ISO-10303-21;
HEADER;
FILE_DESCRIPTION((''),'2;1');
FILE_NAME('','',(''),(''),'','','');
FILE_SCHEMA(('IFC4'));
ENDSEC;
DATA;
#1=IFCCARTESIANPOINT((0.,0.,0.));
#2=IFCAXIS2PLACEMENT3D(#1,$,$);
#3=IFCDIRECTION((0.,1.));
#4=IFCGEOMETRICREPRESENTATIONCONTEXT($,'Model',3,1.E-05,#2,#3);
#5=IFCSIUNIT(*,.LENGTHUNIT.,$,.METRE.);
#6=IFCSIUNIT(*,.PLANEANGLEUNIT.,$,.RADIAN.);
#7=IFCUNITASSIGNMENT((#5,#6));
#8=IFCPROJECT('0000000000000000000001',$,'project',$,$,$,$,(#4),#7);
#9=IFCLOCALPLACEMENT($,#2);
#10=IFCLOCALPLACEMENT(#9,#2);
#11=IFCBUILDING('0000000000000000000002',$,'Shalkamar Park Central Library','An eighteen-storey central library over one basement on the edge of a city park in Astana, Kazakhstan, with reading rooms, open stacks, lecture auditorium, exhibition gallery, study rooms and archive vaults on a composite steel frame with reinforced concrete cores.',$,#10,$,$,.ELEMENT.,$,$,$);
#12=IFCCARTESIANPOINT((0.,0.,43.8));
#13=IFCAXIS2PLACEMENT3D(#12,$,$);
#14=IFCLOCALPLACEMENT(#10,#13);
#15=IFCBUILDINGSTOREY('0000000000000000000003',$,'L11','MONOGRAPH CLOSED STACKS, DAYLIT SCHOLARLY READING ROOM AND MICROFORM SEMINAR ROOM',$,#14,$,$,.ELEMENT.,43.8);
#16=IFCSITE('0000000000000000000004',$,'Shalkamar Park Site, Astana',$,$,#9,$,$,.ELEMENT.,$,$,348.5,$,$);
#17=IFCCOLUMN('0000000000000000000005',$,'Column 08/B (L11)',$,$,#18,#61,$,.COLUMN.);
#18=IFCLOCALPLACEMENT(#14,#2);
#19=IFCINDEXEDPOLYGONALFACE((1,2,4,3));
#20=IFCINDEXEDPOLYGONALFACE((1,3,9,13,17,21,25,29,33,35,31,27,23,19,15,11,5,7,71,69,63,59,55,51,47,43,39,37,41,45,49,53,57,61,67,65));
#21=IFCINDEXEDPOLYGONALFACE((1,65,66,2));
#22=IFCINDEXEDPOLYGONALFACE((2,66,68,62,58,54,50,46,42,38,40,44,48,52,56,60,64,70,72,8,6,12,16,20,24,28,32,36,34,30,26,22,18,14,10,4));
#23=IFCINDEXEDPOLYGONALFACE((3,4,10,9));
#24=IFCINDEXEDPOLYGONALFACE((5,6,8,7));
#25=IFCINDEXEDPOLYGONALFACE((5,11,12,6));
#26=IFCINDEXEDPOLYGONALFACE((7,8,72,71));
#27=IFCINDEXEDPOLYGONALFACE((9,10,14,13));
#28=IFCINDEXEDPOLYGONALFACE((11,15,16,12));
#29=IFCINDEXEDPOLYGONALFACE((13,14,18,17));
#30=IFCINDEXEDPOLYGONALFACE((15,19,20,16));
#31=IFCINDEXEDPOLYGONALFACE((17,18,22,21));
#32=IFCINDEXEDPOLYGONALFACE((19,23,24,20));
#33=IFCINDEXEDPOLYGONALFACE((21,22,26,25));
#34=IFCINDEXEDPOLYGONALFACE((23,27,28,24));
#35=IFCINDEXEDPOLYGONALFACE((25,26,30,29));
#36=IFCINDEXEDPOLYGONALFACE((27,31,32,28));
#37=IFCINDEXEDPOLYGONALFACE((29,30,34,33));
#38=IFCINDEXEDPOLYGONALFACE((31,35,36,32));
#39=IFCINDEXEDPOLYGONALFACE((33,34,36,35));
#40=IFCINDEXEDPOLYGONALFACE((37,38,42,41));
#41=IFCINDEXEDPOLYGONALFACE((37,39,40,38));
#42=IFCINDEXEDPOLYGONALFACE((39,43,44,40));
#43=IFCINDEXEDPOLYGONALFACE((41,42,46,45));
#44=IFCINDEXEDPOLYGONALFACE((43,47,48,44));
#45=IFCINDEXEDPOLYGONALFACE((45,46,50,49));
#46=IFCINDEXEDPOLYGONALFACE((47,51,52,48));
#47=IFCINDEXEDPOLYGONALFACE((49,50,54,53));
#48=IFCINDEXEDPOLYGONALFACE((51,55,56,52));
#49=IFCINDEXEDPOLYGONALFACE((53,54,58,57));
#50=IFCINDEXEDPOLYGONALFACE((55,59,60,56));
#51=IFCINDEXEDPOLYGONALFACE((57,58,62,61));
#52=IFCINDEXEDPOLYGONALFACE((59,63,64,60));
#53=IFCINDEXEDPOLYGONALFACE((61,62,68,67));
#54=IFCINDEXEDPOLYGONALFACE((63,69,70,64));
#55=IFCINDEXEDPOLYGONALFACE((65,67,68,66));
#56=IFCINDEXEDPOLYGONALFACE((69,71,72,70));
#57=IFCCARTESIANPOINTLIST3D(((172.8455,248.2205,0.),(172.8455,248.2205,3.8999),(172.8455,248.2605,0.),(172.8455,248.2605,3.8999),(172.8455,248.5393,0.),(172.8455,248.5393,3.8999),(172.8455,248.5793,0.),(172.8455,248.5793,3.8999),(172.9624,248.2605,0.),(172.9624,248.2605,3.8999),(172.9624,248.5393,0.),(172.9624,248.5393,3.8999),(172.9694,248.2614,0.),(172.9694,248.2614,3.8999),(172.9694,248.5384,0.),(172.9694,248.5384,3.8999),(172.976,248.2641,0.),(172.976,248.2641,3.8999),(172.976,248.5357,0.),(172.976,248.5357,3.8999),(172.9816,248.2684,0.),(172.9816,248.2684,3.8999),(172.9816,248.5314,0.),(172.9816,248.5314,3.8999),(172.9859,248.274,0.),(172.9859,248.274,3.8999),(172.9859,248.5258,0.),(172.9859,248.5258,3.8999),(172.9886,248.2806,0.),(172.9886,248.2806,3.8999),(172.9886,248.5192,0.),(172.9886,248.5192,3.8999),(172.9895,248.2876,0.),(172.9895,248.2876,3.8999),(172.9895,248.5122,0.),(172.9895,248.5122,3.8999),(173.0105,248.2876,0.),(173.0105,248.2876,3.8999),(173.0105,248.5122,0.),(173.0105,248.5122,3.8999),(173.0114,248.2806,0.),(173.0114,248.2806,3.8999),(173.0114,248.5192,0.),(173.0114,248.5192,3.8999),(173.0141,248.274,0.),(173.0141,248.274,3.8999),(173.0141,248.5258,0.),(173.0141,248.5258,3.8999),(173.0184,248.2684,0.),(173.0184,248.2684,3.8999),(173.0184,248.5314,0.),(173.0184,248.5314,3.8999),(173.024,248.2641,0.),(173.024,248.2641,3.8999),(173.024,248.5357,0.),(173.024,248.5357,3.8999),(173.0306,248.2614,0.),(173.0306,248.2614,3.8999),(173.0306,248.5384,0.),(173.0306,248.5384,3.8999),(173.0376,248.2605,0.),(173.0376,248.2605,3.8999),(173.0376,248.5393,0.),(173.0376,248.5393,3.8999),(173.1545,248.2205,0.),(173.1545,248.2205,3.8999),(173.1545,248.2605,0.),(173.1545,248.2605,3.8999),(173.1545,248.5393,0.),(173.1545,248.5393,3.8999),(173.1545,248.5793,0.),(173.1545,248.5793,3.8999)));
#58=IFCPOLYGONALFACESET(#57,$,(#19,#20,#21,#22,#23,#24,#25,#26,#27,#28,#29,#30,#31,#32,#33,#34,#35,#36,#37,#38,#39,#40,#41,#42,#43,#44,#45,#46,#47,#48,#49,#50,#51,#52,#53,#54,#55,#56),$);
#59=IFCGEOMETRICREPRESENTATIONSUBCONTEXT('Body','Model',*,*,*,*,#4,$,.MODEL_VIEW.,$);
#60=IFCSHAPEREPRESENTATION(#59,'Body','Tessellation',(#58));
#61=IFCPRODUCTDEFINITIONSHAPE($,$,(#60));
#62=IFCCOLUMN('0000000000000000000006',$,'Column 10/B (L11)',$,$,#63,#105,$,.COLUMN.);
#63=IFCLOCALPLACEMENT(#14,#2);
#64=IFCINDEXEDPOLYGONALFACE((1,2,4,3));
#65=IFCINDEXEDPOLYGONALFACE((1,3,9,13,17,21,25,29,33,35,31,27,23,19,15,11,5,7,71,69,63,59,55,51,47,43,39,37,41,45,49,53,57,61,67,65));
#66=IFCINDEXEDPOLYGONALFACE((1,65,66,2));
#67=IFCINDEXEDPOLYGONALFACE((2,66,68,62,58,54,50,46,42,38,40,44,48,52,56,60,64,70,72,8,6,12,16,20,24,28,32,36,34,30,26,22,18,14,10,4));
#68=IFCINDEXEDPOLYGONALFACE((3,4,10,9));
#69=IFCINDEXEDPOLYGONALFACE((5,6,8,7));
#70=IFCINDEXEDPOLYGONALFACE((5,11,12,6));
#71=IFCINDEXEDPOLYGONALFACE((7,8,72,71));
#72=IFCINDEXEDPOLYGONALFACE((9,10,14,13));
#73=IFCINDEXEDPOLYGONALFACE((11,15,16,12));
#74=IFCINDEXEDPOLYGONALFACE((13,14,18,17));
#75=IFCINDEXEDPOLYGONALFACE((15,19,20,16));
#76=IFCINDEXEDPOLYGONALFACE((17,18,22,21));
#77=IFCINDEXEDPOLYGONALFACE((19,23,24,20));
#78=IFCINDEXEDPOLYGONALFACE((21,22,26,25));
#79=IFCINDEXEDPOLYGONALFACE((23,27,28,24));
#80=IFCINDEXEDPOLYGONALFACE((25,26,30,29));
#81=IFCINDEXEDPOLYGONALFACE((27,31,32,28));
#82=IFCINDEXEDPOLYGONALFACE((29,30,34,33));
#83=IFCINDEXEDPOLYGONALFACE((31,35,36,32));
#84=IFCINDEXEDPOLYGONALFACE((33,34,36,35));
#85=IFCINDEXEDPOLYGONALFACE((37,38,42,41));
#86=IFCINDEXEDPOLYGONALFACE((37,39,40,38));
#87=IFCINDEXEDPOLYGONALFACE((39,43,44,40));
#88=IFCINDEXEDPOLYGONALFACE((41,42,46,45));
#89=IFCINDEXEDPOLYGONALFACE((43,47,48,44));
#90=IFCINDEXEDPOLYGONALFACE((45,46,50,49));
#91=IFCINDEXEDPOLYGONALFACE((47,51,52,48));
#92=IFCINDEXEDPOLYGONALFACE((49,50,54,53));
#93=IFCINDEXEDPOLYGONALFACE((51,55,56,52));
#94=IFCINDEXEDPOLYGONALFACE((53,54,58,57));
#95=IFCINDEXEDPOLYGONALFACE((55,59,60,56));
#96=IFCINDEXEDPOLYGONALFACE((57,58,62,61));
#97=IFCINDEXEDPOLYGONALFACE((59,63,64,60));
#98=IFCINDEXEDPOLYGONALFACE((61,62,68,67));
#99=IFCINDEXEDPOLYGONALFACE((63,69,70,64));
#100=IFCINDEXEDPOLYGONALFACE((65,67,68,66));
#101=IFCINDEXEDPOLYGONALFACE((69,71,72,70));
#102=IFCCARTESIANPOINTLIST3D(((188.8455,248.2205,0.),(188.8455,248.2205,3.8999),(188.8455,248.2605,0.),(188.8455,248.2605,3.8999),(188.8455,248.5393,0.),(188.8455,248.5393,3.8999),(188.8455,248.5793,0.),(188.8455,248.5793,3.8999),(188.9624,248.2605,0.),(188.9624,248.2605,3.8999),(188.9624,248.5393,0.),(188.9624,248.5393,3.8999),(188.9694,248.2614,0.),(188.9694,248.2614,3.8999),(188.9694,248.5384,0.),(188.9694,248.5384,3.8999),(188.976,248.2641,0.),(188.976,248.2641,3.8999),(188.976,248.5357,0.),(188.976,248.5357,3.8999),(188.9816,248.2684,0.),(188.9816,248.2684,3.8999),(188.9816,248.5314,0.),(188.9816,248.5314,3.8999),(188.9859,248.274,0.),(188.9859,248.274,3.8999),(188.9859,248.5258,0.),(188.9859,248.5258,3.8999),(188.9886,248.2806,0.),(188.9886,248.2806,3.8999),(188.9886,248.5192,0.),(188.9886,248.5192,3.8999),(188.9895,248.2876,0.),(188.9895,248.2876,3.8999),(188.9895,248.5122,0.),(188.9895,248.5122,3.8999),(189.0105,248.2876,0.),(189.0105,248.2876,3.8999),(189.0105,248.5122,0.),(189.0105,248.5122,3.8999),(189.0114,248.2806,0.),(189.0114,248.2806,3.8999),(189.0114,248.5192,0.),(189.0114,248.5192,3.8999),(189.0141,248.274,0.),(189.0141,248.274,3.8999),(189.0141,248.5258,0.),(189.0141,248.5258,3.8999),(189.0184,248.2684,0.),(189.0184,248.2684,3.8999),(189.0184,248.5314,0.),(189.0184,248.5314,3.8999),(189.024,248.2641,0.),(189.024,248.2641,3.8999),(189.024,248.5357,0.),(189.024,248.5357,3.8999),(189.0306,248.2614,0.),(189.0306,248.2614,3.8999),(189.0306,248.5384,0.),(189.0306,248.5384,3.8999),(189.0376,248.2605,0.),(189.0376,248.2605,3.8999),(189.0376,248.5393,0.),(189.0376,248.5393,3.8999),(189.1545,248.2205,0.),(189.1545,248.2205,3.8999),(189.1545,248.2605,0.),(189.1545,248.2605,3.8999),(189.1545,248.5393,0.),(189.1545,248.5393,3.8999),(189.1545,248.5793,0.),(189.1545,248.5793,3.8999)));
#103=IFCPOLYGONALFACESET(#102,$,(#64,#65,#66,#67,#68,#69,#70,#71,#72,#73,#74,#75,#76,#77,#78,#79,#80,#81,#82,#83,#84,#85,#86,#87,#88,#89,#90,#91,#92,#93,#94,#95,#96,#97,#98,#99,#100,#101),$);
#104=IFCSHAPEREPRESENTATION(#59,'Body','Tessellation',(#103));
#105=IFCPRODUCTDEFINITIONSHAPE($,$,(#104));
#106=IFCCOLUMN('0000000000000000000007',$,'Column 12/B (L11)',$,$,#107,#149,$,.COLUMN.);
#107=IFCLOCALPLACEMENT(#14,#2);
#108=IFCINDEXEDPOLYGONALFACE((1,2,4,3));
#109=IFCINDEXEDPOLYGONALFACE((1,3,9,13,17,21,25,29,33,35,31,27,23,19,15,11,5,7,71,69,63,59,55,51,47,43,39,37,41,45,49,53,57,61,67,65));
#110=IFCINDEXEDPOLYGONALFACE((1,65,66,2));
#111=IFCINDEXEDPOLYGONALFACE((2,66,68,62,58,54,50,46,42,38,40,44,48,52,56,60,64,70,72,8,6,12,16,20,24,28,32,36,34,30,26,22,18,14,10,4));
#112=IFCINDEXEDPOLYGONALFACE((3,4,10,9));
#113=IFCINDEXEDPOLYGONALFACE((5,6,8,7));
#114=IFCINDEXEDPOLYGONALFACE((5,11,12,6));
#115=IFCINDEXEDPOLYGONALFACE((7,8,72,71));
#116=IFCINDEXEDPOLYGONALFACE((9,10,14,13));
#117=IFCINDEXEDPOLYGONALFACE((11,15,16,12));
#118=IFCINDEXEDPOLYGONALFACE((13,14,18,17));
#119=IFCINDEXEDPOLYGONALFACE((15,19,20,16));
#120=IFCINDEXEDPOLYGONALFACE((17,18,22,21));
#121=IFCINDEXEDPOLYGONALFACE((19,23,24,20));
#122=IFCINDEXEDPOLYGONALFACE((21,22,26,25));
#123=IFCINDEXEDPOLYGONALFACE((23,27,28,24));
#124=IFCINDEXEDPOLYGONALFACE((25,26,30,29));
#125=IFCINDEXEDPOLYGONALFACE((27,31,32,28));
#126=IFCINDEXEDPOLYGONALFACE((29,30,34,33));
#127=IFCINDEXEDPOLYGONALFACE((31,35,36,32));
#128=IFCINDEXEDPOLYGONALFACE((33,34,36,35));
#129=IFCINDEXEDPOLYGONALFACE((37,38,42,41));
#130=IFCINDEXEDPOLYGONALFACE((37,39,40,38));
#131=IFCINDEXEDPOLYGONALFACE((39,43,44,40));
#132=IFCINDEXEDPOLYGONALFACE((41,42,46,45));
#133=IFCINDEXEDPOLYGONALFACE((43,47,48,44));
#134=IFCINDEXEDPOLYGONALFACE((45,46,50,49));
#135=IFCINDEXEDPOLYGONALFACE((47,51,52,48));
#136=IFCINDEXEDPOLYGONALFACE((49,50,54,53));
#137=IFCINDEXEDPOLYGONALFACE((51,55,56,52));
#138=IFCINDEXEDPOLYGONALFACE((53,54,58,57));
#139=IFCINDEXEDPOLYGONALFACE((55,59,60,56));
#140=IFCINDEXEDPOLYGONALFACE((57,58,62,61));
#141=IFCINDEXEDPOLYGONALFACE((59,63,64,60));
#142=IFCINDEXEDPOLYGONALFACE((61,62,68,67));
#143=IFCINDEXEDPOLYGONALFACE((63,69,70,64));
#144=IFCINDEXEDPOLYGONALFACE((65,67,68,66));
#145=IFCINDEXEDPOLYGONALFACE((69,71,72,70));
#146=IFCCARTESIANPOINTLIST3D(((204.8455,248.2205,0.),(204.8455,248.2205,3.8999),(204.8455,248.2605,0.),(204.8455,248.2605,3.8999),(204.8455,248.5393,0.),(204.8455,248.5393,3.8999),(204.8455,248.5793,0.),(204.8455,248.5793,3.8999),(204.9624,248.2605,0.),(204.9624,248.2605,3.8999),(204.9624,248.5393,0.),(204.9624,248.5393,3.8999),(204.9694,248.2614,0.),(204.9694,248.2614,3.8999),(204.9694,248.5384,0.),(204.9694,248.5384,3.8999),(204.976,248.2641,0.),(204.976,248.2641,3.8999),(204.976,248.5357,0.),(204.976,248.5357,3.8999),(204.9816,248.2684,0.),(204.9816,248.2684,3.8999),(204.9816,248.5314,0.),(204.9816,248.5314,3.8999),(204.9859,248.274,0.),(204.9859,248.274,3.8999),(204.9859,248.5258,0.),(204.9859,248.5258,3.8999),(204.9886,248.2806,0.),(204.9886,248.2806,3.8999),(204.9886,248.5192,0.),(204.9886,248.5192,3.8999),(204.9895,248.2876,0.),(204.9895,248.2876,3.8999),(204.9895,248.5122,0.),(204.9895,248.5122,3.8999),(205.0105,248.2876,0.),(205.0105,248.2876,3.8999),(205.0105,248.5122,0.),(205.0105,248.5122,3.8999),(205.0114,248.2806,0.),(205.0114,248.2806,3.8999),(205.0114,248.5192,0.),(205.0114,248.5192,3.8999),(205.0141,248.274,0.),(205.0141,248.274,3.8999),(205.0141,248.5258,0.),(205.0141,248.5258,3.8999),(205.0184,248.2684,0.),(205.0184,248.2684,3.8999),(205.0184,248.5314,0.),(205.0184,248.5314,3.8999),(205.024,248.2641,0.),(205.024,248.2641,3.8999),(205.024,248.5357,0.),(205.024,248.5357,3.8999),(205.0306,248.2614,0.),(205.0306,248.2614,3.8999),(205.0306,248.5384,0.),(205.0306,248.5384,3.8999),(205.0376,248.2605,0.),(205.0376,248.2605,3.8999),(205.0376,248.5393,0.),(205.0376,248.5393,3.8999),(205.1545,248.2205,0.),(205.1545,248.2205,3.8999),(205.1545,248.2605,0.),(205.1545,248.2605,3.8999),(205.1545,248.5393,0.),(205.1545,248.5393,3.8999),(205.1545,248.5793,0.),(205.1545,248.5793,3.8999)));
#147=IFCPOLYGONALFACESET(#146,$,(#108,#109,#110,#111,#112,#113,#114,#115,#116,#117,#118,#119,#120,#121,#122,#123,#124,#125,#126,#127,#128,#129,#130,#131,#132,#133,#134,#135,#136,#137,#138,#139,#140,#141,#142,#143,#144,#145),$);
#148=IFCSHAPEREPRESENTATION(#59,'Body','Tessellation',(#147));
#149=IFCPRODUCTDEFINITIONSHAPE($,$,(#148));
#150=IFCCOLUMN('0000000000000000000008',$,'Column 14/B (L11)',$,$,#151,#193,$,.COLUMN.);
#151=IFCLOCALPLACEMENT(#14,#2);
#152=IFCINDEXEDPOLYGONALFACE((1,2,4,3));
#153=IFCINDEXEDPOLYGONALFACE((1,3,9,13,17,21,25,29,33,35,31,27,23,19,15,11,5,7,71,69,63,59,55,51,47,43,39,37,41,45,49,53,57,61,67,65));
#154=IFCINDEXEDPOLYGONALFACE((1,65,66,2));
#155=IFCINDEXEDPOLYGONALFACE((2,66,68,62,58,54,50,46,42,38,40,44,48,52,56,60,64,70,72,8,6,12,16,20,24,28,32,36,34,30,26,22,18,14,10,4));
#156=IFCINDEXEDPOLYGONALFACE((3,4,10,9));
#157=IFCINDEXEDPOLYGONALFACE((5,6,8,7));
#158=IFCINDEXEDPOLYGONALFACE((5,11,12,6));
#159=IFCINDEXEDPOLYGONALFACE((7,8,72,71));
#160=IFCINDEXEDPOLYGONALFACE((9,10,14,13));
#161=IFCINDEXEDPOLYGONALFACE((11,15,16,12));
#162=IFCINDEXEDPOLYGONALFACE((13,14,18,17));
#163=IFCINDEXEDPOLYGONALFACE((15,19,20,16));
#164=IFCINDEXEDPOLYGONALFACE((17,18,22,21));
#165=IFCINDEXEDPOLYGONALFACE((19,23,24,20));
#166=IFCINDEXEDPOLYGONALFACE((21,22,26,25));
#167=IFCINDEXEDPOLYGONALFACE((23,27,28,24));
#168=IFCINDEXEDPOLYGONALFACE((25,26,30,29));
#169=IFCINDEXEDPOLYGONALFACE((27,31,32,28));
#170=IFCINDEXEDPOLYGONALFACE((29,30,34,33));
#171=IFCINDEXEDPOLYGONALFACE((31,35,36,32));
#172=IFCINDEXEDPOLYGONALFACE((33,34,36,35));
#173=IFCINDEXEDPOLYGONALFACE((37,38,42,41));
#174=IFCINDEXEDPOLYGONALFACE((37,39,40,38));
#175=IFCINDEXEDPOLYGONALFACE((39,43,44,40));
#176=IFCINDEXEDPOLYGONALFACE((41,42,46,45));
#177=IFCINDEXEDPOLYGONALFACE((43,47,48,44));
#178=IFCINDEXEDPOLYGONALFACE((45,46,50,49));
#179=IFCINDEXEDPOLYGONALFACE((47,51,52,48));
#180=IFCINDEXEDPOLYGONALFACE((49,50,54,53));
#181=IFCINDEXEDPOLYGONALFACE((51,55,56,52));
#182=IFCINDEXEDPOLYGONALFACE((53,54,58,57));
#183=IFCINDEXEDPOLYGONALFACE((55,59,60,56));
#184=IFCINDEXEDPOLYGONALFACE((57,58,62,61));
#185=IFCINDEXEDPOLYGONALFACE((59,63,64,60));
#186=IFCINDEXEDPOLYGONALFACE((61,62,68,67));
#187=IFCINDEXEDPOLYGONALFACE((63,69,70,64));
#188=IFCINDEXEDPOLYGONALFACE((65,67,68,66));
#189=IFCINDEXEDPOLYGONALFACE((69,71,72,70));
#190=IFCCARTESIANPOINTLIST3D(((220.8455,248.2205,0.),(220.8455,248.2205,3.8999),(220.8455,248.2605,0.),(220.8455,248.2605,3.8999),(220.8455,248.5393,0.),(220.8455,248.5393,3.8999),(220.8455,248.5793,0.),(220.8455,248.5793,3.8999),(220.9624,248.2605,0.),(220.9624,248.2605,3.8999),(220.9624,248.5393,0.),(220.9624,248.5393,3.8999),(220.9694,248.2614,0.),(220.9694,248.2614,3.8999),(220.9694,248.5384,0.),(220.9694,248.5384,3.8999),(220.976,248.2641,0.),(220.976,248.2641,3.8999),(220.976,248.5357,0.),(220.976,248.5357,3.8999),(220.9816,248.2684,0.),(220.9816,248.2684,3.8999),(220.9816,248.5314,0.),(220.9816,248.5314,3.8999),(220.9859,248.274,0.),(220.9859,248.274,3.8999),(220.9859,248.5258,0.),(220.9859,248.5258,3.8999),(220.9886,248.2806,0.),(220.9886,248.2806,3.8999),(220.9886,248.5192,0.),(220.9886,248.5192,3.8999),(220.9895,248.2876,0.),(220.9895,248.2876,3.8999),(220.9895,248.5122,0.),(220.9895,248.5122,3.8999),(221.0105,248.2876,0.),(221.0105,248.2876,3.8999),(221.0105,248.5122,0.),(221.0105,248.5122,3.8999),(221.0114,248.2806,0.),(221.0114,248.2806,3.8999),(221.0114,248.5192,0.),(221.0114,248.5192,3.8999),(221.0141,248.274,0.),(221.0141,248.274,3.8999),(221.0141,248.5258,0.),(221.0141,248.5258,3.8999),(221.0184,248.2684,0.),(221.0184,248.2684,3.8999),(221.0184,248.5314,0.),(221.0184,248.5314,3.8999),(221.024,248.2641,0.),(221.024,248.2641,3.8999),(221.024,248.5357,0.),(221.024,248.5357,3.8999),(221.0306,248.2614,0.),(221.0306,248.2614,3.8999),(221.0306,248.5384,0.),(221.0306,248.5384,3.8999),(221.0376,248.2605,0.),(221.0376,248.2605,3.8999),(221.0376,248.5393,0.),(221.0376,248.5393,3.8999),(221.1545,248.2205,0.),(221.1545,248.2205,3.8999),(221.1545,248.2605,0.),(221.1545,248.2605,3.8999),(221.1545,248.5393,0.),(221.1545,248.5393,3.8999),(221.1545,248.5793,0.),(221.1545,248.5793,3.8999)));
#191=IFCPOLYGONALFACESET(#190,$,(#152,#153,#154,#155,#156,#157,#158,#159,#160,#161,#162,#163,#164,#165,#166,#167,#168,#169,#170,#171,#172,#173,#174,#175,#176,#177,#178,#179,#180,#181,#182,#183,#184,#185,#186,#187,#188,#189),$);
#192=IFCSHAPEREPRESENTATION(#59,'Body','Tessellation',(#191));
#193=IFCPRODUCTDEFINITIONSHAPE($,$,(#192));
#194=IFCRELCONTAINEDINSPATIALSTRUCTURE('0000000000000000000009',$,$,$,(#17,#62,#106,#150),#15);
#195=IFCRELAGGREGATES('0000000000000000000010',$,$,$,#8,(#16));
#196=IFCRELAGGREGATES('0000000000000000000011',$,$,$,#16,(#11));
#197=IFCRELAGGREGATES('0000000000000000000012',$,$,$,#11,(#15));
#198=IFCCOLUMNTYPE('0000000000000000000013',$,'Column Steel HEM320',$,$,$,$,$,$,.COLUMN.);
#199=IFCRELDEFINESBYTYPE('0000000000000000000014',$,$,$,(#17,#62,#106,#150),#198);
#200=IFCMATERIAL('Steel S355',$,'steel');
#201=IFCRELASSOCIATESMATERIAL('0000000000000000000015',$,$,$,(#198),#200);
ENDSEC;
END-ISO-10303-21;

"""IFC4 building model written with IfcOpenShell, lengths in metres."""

from ifc_helpers import new_model, si_unit, direction, frame, origin, origin_2d, place, context, subcontext, project, spatial, i_section, extrude, material, material_profile, profile_set, type_object, element, save


model = new_model("IFC4")

# Units and contexts
model_context = context("Model", 3, precision=1e-05, world=origin(), true_north=direction((0.0, 1.0)))
body_context = subcontext(model_context, "Body", "Model", "MODEL_VIEW")
ifc_project = project(units=[si_unit("LENGTHUNIT", "METRE"), si_unit("PLANEANGLEUNIT", "RADIAN")], contexts=[model_context])

# Site, building, storey
site_placement = place(None, origin())
site = spatial("IfcSite", under=ifc_project, at=site_placement, Name="Shalkamar Park Site, Astana", CompositionType="ELEMENT", RefElevation=348.5)
building_placement = place(site_placement, origin())
building = spatial("IfcBuilding", under=site, at=building_placement, Name="Shalkamar Park Central Library", Description="An eighteen-storey central library over one basement on the edge of a city park in Astana, Kazakhstan, with reading rooms, open stacks, lecture auditorium, exhibition gallery, study rooms and archive vaults on a composite steel frame with reinforced concrete cores.", CompositionType="ELEMENT")
storey_placement = place(building_placement, frame((0.0, 0.0, 43.8)))
storey = spatial("IfcBuildingStorey", under=building, at=storey_placement, Name="L11", Description="MONOGRAPH CLOSED STACKS, DAYLIT SCHOLARLY READING ROOM AND MICROFORM SEMINAR ROOM", CompositionType="ELEMENT", Elevation=43.8)

# Columns
ifc_material_1 = material(Name="Steel S355", Category="steel")
ifc_material_profile_1 = material_profile(ifc_material_1, i_section(OverallWidth=0.3091, OverallDepth=0.3589, WebThickness=0.021, FlangeThickness=0.04, FilletRadius=0.0271, at=origin_2d()), Name="HEM 320")
ifc_profile_set_1 = profile_set([ifc_material_profile_1], Name="Steel S355")
column_type_1 = type_object("IfcColumnType", Name="Column Steel HEM320", PredefinedType="COLUMN", material=ifc_profile_set_1)
for number, where, z_axis, x_axis, name in (
    (1, (173.0, 248.3999, 0.0), (0.0, 0.0, 1.0), (1.0, 0.0, 0.0), "Column 08/B (L11)"),
    (2, (189.0, 248.3999, 0.0), (0.0, 0.0, 1.0), (1.0, 0.0, 0.0), "Column 10/B (L11)"),
    (3, (205.0, 248.3999, 0.0), (0.0, 0.0, 1.0), (1.0, 0.0, 0.0), "Column 12/B (L11)"),
    (4, (221.0, 248.3999, 0.0), (0.0, 0.0, 1.0), (1.0, 0.0, 0.0), "Column 14/B (L11)"),
):
    element("IfcColumn", number, at=place(storey_placement, frame(where, z_axis=z_axis, x_axis=x_axis)), inside=storey, type_object=column_type_1, Name=name, PredefinedType="COLUMN", context=body_context, shape_type="SweptSolid", body=[
        extrude(i_section(OverallWidth=0.3091, OverallDepth=0.3589, WebThickness=0.021, FlangeThickness=0.04, FilletRadius=0.0271, at=origin_2d()), origin(), (0.0, 0.0, 1.0), 3.8999),
    ])

save(model, "model.ifc")
